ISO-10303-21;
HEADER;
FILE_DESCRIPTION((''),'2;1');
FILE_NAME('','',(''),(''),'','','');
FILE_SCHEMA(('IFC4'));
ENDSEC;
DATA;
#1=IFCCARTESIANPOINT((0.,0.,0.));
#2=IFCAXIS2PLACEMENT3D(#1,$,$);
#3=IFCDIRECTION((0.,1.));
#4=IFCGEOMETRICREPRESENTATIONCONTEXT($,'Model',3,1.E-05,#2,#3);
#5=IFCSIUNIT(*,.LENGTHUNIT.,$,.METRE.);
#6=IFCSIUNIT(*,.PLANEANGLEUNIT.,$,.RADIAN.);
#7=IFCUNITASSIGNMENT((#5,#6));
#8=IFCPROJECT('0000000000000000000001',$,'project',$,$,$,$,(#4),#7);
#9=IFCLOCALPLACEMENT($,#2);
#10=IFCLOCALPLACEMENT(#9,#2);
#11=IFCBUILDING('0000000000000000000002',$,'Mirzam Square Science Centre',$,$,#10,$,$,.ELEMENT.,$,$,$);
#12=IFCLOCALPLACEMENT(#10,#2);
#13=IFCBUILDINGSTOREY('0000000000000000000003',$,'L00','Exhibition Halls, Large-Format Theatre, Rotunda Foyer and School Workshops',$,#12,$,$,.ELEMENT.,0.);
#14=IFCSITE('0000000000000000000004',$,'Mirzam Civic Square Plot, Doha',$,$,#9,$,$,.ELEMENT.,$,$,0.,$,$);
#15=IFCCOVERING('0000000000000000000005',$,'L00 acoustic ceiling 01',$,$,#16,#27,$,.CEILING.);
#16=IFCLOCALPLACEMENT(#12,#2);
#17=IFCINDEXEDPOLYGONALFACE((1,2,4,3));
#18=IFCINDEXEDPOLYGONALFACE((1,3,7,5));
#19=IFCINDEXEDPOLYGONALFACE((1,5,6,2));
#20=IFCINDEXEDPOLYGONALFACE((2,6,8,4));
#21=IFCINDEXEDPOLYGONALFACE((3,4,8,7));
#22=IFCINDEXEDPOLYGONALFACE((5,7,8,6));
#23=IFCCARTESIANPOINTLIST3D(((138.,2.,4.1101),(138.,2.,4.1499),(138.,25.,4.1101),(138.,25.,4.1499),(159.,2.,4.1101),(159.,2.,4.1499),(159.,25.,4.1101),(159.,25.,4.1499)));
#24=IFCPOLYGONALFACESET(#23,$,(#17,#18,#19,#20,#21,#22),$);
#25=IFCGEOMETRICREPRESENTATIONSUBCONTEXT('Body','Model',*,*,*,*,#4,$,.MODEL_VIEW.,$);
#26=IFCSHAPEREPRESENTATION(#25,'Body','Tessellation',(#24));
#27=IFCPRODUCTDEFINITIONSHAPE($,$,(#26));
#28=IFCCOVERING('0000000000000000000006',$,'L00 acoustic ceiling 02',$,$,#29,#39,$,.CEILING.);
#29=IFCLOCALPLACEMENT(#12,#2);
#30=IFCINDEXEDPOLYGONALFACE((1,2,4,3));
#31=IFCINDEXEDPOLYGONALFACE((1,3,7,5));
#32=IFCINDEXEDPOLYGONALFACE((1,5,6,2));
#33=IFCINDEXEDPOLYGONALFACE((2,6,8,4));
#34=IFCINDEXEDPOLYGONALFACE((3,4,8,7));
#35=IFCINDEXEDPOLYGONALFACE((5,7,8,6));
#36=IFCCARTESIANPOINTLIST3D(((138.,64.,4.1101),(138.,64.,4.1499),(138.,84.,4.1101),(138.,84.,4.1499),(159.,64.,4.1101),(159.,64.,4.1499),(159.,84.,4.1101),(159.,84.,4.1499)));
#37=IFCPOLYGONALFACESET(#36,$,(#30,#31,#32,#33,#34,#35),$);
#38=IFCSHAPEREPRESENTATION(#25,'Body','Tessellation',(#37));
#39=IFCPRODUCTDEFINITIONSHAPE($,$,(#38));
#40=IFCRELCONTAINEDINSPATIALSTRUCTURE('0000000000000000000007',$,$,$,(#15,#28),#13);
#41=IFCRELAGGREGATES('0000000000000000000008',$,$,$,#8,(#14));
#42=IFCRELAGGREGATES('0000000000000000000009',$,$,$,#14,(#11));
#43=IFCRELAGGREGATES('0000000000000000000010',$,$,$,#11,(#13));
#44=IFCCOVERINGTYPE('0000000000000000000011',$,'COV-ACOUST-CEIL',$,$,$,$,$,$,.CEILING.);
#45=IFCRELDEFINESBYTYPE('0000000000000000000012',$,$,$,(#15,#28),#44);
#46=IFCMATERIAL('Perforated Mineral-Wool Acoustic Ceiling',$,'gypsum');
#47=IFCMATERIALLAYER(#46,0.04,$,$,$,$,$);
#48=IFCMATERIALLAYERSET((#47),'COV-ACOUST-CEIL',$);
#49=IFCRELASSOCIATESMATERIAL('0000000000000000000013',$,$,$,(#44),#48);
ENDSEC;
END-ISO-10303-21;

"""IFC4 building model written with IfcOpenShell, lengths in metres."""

from ifc_helpers import new_model, si_unit, direction, frame, origin, place, context, subcontext, project, spatial, polyline, outline, extrude, material, layer, layer_set, type_object, element, save


model = new_model("IFC4")

# Units and contexts
model_context = context("Model", 3, precision=1e-05, world=origin(), true_north=direction((0.0, 1.0)))
body_context = subcontext(model_context, "Body", "Model", "MODEL_VIEW")
ifc_project = project(units=[si_unit("LENGTHUNIT", "METRE"), si_unit("PLANEANGLEUNIT", "RADIAN")], contexts=[model_context])

# Site, building, storey
site_placement = place(None, origin())
site = spatial("IfcSite", under=ifc_project, at=site_placement, Name="Mirzam Civic Square Plot, Doha", CompositionType="ELEMENT", RefElevation=0.0)
building_placement = place(site_placement, origin())
building = spatial("IfcBuilding", under=site, at=building_placement, Name="Mirzam Square Science Centre", CompositionType="ELEMENT")
storey_placement = place(building_placement, origin())
storey = spatial("IfcBuildingStorey", under=building, at=storey_placement, Name="L00", Description="Exhibition Halls, Large-Format Theatre, Rotunda Foyer and School Workshops", CompositionType="ELEMENT", Elevation=0.0)

# Coverings
ifc_material_1 = material(Name="Perforated Mineral-Wool Acoustic Ceiling", Category="gypsum")
ifc_layer_1 = layer(ifc_material_1, 0.04)
ifc_layer_set_1 = layer_set([ifc_layer_1], Name="COV-ACOUST-CEIL")
covering_type = type_object("IfcCoveringType", Name="COV-ACOUST-CEIL", PredefinedType="CEILING", material=ifc_layer_set_1)
covering_1_placement = place(storey_placement, frame((0.0, 0.0, 4.1101)))
element("IfcCovering", 1, at=covering_1_placement, inside=storey, type_object=covering_type, Name="L00 acoustic ceiling 01", PredefinedType="CEILING", context=body_context, shape_type="SweptSolid", body=[
    extrude(outline(polyline([(138.0, 2.0), (159.0, 2.0), (159.0, 25.0), (138.0, 25.0), (138.0, 2.0)])), origin(), (0.0, 0.0, 1.0), 0.0398),
])
covering_2_placement = place(storey_placement, frame((0.0, 0.0, 4.1101)))
element("IfcCovering", 2, at=covering_2_placement, inside=storey, type_object=covering_type, Name="L00 acoustic ceiling 02", PredefinedType="CEILING", context=body_context, shape_type="SweptSolid", body=[
    extrude(outline(polyline([(138.0, 64.0), (159.0, 64.0), (159.0, 84.0), (138.0, 84.0), (138.0, 64.0)])), origin(), (0.0, 0.0, 1.0), 0.0398),
])

save(model, "model.ifc")
